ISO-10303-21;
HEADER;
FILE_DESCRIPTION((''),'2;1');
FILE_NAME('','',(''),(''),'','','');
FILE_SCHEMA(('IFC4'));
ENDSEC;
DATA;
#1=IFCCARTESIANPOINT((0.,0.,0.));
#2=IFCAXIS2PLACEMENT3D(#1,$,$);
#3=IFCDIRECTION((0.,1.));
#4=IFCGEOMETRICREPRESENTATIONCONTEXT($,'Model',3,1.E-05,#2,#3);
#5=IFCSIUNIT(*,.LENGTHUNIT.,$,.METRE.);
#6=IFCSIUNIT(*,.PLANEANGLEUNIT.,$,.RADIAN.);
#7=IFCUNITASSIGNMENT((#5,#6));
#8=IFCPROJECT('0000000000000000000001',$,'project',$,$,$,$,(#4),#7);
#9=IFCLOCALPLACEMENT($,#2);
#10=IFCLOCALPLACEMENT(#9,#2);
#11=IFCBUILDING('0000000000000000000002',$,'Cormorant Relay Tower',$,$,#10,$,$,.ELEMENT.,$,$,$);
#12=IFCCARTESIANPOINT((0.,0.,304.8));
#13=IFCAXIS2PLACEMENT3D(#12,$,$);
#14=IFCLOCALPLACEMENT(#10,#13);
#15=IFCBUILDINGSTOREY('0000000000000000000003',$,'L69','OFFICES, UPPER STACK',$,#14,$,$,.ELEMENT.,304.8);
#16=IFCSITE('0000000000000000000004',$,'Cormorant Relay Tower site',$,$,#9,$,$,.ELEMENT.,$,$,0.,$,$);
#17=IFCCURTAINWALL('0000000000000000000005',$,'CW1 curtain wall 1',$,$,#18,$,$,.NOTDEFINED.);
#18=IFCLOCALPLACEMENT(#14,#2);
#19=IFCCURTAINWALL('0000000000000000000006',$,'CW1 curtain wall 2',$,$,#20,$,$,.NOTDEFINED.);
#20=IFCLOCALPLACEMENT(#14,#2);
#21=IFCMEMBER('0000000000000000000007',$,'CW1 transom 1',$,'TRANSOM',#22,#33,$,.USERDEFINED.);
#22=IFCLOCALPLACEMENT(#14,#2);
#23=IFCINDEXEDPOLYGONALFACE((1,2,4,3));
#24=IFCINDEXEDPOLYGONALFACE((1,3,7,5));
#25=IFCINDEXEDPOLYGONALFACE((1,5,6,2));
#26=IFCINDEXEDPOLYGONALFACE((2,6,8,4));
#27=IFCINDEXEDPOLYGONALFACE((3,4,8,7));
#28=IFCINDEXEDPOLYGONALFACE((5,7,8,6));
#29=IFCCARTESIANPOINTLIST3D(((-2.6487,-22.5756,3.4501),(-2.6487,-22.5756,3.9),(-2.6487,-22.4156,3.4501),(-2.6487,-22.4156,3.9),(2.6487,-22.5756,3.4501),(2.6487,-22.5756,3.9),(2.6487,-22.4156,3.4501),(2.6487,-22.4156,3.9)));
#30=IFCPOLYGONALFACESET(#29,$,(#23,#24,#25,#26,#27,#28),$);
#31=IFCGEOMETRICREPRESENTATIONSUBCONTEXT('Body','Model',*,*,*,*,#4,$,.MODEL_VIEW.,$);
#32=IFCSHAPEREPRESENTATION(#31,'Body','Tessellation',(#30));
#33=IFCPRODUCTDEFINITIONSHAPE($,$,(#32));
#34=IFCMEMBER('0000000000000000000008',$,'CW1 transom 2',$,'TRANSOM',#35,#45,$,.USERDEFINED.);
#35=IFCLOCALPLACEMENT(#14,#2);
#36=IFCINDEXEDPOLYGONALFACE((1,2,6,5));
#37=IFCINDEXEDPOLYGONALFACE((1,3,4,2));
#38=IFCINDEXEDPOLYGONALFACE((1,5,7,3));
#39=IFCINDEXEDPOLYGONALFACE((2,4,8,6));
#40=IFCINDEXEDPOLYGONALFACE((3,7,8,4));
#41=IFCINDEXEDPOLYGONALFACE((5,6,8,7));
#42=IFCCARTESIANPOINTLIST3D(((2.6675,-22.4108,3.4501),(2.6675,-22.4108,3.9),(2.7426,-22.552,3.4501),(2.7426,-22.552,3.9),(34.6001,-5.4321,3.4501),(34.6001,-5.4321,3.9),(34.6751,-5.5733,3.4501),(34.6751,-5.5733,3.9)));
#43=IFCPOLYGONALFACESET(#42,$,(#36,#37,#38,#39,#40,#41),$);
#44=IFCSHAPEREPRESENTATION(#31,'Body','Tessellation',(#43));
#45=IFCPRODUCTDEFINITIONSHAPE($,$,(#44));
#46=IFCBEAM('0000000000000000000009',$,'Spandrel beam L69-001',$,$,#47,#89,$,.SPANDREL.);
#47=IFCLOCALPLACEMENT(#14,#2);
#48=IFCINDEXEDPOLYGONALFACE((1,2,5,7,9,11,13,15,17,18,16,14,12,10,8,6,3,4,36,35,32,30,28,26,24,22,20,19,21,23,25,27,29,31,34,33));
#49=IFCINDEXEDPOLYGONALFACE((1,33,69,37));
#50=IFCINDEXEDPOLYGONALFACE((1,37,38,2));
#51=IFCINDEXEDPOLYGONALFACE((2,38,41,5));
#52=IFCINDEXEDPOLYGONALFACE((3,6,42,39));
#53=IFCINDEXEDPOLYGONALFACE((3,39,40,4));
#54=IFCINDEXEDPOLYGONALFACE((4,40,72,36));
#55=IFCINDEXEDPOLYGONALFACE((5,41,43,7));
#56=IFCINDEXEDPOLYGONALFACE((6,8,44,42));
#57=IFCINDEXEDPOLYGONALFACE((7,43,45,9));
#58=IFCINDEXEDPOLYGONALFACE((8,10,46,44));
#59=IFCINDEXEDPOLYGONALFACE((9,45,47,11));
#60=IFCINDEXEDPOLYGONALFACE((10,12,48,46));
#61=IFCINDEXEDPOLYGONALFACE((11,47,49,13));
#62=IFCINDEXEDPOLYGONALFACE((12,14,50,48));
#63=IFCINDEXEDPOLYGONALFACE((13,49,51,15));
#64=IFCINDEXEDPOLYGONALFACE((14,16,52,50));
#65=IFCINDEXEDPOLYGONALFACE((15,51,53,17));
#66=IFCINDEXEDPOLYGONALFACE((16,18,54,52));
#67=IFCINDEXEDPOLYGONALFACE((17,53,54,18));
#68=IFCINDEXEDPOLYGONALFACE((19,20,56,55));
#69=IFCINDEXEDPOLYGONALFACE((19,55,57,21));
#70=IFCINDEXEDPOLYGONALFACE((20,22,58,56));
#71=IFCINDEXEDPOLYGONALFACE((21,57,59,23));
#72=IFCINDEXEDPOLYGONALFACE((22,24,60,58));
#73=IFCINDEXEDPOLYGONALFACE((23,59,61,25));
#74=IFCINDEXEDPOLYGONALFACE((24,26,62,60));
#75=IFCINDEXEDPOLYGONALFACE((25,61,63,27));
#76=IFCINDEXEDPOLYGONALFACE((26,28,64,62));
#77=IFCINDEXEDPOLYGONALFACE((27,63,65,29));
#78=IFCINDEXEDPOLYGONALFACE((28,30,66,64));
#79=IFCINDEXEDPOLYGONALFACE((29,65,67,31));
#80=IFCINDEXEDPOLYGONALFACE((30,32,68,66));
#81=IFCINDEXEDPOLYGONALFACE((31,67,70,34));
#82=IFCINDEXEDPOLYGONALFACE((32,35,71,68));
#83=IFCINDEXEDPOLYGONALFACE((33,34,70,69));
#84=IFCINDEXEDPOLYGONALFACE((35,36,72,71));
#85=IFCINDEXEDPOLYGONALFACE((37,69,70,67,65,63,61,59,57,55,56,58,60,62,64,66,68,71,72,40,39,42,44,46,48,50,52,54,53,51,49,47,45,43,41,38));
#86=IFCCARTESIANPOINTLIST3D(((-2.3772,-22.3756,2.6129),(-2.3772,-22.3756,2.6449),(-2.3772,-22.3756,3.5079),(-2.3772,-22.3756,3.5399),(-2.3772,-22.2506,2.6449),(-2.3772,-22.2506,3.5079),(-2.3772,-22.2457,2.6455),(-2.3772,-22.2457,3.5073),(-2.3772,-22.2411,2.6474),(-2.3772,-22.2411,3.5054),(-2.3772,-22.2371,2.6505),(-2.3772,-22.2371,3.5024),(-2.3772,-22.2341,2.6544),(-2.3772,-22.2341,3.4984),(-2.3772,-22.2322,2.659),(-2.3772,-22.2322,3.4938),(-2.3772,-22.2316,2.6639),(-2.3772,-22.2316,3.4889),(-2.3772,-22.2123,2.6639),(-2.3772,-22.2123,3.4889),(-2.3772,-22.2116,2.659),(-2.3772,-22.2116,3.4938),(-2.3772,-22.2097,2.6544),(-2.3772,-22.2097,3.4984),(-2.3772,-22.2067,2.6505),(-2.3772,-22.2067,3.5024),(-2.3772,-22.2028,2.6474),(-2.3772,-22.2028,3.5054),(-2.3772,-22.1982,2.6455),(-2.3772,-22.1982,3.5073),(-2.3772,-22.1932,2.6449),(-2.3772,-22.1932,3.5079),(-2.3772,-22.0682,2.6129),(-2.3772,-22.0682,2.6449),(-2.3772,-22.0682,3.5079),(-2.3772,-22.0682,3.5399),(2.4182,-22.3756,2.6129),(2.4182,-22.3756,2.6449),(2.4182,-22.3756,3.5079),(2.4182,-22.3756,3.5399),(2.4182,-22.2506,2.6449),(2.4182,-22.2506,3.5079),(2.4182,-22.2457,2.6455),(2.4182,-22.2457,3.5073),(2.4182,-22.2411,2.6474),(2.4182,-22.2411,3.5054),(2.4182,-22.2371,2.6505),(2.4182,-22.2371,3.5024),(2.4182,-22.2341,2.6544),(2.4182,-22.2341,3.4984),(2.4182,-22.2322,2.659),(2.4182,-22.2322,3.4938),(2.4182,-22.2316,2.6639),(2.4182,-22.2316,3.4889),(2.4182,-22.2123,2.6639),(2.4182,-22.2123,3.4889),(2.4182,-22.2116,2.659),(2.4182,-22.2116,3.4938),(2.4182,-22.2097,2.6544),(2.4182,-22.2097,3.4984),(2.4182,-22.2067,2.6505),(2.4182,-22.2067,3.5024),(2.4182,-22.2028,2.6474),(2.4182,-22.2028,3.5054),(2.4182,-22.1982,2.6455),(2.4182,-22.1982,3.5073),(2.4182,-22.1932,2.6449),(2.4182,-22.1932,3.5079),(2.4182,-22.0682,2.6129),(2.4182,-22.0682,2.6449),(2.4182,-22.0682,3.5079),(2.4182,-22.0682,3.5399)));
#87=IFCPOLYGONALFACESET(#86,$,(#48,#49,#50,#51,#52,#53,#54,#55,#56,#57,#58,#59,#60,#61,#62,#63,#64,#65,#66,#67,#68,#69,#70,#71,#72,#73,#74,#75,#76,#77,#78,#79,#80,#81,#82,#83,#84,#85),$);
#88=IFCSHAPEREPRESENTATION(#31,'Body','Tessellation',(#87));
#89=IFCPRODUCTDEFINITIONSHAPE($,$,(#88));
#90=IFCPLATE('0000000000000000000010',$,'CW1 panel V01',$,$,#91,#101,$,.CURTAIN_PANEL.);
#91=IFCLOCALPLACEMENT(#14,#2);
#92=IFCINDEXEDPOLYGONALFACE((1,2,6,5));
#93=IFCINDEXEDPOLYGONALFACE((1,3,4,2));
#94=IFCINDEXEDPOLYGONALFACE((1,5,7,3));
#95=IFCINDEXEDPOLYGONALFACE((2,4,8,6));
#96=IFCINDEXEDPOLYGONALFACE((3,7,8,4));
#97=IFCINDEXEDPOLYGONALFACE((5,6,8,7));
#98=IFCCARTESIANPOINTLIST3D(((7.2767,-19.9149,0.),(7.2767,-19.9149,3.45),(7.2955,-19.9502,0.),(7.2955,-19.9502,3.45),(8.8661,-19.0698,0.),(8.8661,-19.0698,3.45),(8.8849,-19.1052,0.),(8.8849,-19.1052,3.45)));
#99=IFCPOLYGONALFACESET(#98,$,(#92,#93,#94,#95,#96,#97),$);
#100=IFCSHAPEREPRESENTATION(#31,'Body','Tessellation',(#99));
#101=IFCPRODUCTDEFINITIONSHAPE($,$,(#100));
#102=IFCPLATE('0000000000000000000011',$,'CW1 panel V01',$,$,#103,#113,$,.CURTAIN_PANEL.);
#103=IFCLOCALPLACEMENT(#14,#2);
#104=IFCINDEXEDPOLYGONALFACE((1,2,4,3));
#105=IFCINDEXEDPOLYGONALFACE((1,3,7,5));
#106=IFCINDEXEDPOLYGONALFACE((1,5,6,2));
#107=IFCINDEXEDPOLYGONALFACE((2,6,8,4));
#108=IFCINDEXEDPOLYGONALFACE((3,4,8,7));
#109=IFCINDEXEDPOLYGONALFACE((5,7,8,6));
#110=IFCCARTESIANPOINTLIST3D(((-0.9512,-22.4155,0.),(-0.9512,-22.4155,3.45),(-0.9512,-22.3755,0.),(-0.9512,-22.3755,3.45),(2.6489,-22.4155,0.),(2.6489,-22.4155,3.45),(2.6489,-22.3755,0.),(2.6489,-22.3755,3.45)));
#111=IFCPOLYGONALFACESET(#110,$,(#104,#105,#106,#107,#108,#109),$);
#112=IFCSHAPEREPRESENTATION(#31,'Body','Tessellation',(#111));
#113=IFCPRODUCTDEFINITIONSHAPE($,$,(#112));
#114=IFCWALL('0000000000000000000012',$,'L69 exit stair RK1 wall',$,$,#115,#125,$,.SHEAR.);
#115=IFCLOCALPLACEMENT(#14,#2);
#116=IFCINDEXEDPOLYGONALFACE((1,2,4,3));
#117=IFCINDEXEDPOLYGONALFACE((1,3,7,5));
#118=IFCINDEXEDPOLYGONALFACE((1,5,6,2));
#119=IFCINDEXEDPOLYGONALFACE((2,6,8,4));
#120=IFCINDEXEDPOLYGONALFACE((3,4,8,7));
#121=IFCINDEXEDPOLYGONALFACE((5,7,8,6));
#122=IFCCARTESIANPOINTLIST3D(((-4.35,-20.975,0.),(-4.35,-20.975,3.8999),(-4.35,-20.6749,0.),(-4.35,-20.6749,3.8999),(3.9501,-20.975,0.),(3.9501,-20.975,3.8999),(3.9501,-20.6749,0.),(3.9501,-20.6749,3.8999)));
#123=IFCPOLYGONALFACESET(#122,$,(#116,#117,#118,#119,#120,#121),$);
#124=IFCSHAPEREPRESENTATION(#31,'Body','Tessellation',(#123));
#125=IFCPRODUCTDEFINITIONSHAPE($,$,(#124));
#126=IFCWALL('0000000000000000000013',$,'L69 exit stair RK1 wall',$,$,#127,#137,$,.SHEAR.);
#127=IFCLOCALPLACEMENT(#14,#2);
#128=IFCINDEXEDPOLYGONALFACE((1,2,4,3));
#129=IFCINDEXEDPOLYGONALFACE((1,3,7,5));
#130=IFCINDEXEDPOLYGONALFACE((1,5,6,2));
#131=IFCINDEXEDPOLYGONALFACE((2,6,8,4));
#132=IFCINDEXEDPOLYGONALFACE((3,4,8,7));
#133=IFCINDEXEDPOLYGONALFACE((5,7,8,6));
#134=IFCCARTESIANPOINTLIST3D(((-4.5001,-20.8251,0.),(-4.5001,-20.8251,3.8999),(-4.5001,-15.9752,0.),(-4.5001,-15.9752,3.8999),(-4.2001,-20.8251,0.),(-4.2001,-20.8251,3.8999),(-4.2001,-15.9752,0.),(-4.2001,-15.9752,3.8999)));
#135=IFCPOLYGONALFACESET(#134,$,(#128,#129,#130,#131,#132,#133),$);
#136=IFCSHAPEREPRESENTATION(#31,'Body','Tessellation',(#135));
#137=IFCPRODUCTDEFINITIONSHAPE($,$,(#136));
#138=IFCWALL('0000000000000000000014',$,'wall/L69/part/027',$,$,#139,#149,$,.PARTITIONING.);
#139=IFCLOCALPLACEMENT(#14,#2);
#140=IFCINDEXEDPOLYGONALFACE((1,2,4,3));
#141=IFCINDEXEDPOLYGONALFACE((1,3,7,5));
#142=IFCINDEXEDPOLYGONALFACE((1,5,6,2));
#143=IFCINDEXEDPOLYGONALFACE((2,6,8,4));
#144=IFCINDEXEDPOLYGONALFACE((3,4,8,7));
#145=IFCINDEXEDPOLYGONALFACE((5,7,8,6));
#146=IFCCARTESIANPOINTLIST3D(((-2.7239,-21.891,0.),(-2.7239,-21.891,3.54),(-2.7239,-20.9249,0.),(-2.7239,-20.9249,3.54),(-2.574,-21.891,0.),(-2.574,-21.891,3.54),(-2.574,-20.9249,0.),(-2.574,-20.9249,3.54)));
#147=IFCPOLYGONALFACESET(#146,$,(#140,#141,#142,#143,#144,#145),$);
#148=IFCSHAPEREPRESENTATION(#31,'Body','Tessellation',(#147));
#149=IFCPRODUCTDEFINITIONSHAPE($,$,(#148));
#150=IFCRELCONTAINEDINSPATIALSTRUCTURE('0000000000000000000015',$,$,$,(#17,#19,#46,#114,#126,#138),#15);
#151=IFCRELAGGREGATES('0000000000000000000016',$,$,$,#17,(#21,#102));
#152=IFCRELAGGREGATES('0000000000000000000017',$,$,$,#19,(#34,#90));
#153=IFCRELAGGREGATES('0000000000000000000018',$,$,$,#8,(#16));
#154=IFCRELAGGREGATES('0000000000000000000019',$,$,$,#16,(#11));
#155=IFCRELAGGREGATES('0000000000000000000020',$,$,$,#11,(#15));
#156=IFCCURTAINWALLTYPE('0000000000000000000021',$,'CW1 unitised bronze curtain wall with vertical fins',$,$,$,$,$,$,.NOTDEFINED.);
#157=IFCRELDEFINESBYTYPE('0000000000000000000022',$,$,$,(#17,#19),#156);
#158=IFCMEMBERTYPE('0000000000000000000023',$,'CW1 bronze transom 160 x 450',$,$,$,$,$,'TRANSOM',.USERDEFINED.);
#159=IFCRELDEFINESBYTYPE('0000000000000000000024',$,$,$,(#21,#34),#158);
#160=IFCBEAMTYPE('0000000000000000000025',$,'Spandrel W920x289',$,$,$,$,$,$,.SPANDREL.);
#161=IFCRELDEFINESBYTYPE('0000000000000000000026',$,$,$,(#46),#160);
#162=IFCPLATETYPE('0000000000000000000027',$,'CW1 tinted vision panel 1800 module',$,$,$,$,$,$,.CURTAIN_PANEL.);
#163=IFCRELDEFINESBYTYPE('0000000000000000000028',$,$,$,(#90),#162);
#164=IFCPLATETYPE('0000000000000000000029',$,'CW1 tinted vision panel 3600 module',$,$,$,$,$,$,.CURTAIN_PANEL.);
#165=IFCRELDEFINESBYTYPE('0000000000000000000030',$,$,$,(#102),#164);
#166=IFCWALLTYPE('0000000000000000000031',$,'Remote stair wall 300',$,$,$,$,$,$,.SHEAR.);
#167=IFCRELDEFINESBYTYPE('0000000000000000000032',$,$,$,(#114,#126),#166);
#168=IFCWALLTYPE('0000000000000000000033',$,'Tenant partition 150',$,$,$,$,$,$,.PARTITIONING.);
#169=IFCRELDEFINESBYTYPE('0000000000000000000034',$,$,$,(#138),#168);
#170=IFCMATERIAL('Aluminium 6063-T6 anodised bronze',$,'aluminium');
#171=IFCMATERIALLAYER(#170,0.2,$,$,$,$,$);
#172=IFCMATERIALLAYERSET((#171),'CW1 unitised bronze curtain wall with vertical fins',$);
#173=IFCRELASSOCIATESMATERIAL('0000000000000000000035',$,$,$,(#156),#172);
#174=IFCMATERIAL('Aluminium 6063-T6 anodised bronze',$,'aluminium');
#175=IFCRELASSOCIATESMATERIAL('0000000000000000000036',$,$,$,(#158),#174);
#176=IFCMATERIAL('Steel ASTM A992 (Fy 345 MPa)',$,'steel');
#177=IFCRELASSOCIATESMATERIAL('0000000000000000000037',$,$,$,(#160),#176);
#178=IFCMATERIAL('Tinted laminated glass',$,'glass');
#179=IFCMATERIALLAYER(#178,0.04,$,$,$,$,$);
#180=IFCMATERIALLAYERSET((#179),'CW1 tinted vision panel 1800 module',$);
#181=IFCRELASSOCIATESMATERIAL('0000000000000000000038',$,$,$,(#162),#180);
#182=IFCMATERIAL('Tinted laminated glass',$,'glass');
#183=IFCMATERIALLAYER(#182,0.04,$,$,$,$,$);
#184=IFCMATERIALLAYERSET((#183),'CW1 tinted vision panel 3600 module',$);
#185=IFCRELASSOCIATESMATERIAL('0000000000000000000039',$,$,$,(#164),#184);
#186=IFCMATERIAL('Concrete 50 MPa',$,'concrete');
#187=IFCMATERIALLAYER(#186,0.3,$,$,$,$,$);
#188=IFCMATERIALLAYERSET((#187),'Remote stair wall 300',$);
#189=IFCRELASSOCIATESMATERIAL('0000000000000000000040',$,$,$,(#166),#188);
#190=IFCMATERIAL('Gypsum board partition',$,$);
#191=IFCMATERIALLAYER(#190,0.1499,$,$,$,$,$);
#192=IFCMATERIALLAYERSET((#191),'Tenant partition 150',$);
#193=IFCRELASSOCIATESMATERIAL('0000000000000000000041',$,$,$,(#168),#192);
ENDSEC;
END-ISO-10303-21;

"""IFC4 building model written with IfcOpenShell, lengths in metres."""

from ifc_helpers import new_model, si_unit, direction, frame, frame_2d, origin, origin_2d, place, context, subcontext, project, spatial, rectangle, i_section, extrude, material, layer, layer_set, material_profile, profile_set, type_object, element, aggregate, save


model = new_model("IFC4")

# Units and contexts
model_context = context("Model", 3, precision=1e-05, world=origin(), true_north=direction((0.0, 1.0)))
body_context = subcontext(model_context, "Body", "Model", "MODEL_VIEW")
ifc_project = project(units=[si_unit("LENGTHUNIT", "METRE"), si_unit("PLANEANGLEUNIT", "RADIAN")], contexts=[model_context])

# Site, building, storey
site_placement = place(None, origin())
site = spatial("IfcSite", under=ifc_project, at=site_placement, Name="Cormorant Relay Tower site", CompositionType="ELEMENT", RefElevation=0.0)
building_placement = place(site_placement, origin())
building = spatial("IfcBuilding", under=site, at=building_placement, Name="Cormorant Relay Tower", CompositionType="ELEMENT")
storey_placement = place(building_placement, frame((0.0, 0.0, 304.8)))
storey = spatial("IfcBuildingStorey", under=building, at=storey_placement, Name="L69", Description="OFFICES, UPPER STACK", CompositionType="ELEMENT", Elevation=304.8)

# Curtain wall
ifc_material_1 = material(Name="Aluminium 6063-T6 anodised bronze", Category="aluminium")
ifc_layer_1 = layer(ifc_material_1, 0.2)
ifc_layer_set_1 = layer_set([ifc_layer_1], Name="CW1 unitised bronze curtain wall with vertical fins")
curtain_wall_type = type_object("IfcCurtainWallType", Name="CW1 unitised bronze curtain wall with vertical fins", PredefinedType="NOTDEFINED", material=ifc_layer_set_1)
curtain_wall_1_placement = place(storey_placement, origin())
curtain_wall_1 = element("IfcCurtainWall", 1, at=curtain_wall_1_placement, inside=storey, type_object=curtain_wall_type, Name="CW1 curtain wall 1", PredefinedType="NOTDEFINED")

# Curtain wall
curtain_wall_2_placement = place(storey_placement, origin())
curtain_wall_2 = element("IfcCurtainWall", 2, at=curtain_wall_2_placement, inside=storey, type_object=curtain_wall_type, Name="CW1 curtain wall 2", PredefinedType="NOTDEFINED")

# Members
ifc_material_2 = material(Name="Aluminium 6063-T6 anodised bronze", Category="aluminium")
ifc_material_profile_1 = material_profile(ifc_material_2, rectangle(XDim=0.1599, YDim=0.45, at=origin_2d()), Name="AL 160x450")
ifc_profile_set_1 = profile_set([ifc_material_profile_1], Name="Aluminium 6063-T6 anodised bronze")
member_type_1 = type_object("IfcMemberType", Name="CW1 bronze transom 160 x 450", ElementType="TRANSOM", PredefinedType="USERDEFINED", material=ifc_profile_set_1)
member_1_placement = place(storey_placement, frame((-2.6487, -22.4956, 3.675), z_axis=(1.0, 0.0, 0.0), x_axis=(0.0, 1.0, 0.0)))
member_1 = element("IfcMember", 3, at=member_1_placement, type_object=member_type_1, Name="CW1 transom 1", ObjectType="TRANSOM", PredefinedType="USERDEFINED", context=body_context, shape_type="SweptSolid", body=[
    extrude(rectangle(XDim=0.1599, YDim=0.45, at=origin_2d()), origin(), (0.0, 0.0, 1.0), 5.2974),
])
member_2_placement = place(storey_placement, frame((2.7051, -22.4814, 3.675), z_axis=(0.882949, 0.469469, 0.0), x_axis=(-0.469469, 0.882949, 0.0)))
member_2 = element("IfcMember", 4, at=member_2_placement, type_object=member_type_1, Name="CW1 transom 2", ObjectType="TRANSOM", PredefinedType="USERDEFINED", context=body_context, shape_type="SweptSolid", body=[
    extrude(rectangle(XDim=0.1599, YDim=0.45, at=origin_2d()), origin(), (0.0, 0.0, 1.0), 36.1658),
])

# Beam
ifc_material_3 = material(Name="Steel ASTM A992 (Fy 345 MPa)", Category="steel")
ifc_material_profile_2 = material_profile(ifc_material_3, i_section(OverallWidth=0.3074, OverallDepth=0.927, WebThickness=0.0193, FlangeThickness=0.032, FilletRadius=0.019, at=origin_2d()), Name="W920x289")
ifc_profile_set_2 = profile_set([ifc_material_profile_2], Name="Steel ASTM A992 (Fy 345 MPa)")
beam_type = type_object("IfcBeamType", Name="Spandrel W920x289", PredefinedType="SPANDREL", material=ifc_profile_set_2)
beam_placement = place(storey_placement, frame((-2.3772, -22.2219, 3.0764), z_axis=(1.0, 0.0, 0.0), x_axis=(0.0, 1.0, 0.0)))
element("IfcBeam", 5, at=beam_placement, inside=storey, type_object=beam_type, Name="Spandrel beam L69-001", PredefinedType="SPANDREL", context=body_context, shape_type="SweptSolid", body=[
    extrude(i_section(OverallWidth=0.3074, OverallDepth=0.927, WebThickness=0.0193, FlangeThickness=0.032, FilletRadius=0.019, at=origin_2d()), origin(), (0.0, 0.0, 1.0), 4.7954),
])

# Plates
ifc_material_4 = material(Name="Tinted laminated glass", Category="glass")
ifc_layer_2 = layer(ifc_material_4, 0.04)
ifc_layer_set_2 = layer_set([ifc_layer_2], Name="CW1 tinted vision panel 1800 module")
plate_type_1 = type_object("IfcPlateType", Name="CW1 tinted vision panel 1800 module", PredefinedType="CURTAIN_PANEL", material=ifc_layer_set_2)
plate_1_placement = place(storey_placement, frame((8.0808, -19.51, 0.0), z_axis=(0.0, 0.0, 1.0), x_axis=(0.882948, 0.469472, 0.0)))
plate_1 = element("IfcPlate", 6, at=plate_1_placement, type_object=plate_type_1, Name="CW1 panel V01", PredefinedType="CURTAIN_PANEL", context=body_context, shape_type="SweptSolid", body=[
    extrude(rectangle(XDim=1.8, YDim=0.04, at=origin_2d()), origin(), (0.0, 0.0, 1.0), 3.45),
])
ifc_material_5 = material(Name="Tinted laminated glass", Category="glass")
ifc_layer_3 = layer(ifc_material_5, 0.04)
ifc_layer_set_3 = layer_set([ifc_layer_3], Name="CW1 tinted vision panel 3600 module")
plate_type_2 = type_object("IfcPlateType", Name="CW1 tinted vision panel 3600 module", PredefinedType="CURTAIN_PANEL", material=ifc_layer_set_3)
plate_2_placement = place(storey_placement, frame((0.8489, -22.3955, 0.0), z_axis=(0.0, 0.0, 1.0), x_axis=(1.0, 0.0, 0.0)))
plate_2 = element("IfcPlate", 7, at=plate_2_placement, type_object=plate_type_2, Name="CW1 panel V01", PredefinedType="CURTAIN_PANEL", context=body_context, shape_type="SweptSolid", body=[
    extrude(rectangle(XDim=3.6001, YDim=0.04, at=origin_2d()), origin(), (0.0, 0.0, 1.0), 3.45),
])

# Walls
ifc_material_6 = material(Name="Concrete 50 MPa", Category="concrete")
ifc_layer_4 = layer(ifc_material_6, 0.3)
ifc_layer_set_4 = layer_set([ifc_layer_4], Name="Remote stair wall 300")
wall_type_1 = type_object("IfcWallType", Name="Remote stair wall 300", PredefinedType="SHEAR", material=ifc_layer_set_4)
wall_1_placement = place(storey_placement, frame((3.95, -20.825, 0.0), z_axis=(0.0, 0.0, 1.0), x_axis=(-1.0, 0.0, 0.0)))
element("IfcWall", 8, at=wall_1_placement, inside=storey, type_object=wall_type_1, Name="L69 exit stair RK1 wall", PredefinedType="SHEAR", context=body_context, shape_type="SweptSolid", body=[
    extrude(rectangle(XDim=8.3, YDim=0.3, at=frame_2d((4.1499, 0.0))), origin(), (0.0, 0.0, 1.0), 3.8999),
])
wall_2_placement = place(storey_placement, frame((-4.3501, -20.825, 0.0), z_axis=(0.0, 0.0, 1.0), x_axis=(0.0, 1.0, 0.0)))
element("IfcWall", 9, at=wall_2_placement, inside=storey, type_object=wall_type_1, Name="L69 exit stair RK1 wall", PredefinedType="SHEAR", context=body_context, shape_type="SweptSolid", body=[
    extrude(rectangle(XDim=4.8499, YDim=0.3, at=frame_2d((2.4248, 0.0))), origin(), (0.0, 0.0, 1.0), 3.8999),
])
ifc_material_7 = material(Name="Gypsum board partition")
ifc_layer_5 = layer(ifc_material_7, 0.1499)
ifc_layer_set_5 = layer_set([ifc_layer_5], Name="Tenant partition 150")
wall_type_2 = type_object("IfcWallType", Name="Tenant partition 150", PredefinedType="PARTITIONING", material=ifc_layer_set_5)
wall_3_placement = place(storey_placement, frame((-2.6489, -20.925, 0.0), z_axis=(0.0, 0.0, 1.0), x_axis=(0.0, -1.0, 0.0)))
element("IfcWall", 10, at=wall_3_placement, inside=storey, type_object=wall_type_2, Name="wall/L69/part/027", PredefinedType="PARTITIONING", context=body_context, shape_type="SweptSolid", body=[
    extrude(rectangle(XDim=0.9661, YDim=0.1499, at=frame_2d((0.4829, 0.0))), origin(), (0.0, 0.0, 1.0), 3.54),
])

aggregate(curtain_wall_1, [member_1, plate_2])
aggregate(curtain_wall_2, [member_2, plate_1])

save(model, "model.ifc")
